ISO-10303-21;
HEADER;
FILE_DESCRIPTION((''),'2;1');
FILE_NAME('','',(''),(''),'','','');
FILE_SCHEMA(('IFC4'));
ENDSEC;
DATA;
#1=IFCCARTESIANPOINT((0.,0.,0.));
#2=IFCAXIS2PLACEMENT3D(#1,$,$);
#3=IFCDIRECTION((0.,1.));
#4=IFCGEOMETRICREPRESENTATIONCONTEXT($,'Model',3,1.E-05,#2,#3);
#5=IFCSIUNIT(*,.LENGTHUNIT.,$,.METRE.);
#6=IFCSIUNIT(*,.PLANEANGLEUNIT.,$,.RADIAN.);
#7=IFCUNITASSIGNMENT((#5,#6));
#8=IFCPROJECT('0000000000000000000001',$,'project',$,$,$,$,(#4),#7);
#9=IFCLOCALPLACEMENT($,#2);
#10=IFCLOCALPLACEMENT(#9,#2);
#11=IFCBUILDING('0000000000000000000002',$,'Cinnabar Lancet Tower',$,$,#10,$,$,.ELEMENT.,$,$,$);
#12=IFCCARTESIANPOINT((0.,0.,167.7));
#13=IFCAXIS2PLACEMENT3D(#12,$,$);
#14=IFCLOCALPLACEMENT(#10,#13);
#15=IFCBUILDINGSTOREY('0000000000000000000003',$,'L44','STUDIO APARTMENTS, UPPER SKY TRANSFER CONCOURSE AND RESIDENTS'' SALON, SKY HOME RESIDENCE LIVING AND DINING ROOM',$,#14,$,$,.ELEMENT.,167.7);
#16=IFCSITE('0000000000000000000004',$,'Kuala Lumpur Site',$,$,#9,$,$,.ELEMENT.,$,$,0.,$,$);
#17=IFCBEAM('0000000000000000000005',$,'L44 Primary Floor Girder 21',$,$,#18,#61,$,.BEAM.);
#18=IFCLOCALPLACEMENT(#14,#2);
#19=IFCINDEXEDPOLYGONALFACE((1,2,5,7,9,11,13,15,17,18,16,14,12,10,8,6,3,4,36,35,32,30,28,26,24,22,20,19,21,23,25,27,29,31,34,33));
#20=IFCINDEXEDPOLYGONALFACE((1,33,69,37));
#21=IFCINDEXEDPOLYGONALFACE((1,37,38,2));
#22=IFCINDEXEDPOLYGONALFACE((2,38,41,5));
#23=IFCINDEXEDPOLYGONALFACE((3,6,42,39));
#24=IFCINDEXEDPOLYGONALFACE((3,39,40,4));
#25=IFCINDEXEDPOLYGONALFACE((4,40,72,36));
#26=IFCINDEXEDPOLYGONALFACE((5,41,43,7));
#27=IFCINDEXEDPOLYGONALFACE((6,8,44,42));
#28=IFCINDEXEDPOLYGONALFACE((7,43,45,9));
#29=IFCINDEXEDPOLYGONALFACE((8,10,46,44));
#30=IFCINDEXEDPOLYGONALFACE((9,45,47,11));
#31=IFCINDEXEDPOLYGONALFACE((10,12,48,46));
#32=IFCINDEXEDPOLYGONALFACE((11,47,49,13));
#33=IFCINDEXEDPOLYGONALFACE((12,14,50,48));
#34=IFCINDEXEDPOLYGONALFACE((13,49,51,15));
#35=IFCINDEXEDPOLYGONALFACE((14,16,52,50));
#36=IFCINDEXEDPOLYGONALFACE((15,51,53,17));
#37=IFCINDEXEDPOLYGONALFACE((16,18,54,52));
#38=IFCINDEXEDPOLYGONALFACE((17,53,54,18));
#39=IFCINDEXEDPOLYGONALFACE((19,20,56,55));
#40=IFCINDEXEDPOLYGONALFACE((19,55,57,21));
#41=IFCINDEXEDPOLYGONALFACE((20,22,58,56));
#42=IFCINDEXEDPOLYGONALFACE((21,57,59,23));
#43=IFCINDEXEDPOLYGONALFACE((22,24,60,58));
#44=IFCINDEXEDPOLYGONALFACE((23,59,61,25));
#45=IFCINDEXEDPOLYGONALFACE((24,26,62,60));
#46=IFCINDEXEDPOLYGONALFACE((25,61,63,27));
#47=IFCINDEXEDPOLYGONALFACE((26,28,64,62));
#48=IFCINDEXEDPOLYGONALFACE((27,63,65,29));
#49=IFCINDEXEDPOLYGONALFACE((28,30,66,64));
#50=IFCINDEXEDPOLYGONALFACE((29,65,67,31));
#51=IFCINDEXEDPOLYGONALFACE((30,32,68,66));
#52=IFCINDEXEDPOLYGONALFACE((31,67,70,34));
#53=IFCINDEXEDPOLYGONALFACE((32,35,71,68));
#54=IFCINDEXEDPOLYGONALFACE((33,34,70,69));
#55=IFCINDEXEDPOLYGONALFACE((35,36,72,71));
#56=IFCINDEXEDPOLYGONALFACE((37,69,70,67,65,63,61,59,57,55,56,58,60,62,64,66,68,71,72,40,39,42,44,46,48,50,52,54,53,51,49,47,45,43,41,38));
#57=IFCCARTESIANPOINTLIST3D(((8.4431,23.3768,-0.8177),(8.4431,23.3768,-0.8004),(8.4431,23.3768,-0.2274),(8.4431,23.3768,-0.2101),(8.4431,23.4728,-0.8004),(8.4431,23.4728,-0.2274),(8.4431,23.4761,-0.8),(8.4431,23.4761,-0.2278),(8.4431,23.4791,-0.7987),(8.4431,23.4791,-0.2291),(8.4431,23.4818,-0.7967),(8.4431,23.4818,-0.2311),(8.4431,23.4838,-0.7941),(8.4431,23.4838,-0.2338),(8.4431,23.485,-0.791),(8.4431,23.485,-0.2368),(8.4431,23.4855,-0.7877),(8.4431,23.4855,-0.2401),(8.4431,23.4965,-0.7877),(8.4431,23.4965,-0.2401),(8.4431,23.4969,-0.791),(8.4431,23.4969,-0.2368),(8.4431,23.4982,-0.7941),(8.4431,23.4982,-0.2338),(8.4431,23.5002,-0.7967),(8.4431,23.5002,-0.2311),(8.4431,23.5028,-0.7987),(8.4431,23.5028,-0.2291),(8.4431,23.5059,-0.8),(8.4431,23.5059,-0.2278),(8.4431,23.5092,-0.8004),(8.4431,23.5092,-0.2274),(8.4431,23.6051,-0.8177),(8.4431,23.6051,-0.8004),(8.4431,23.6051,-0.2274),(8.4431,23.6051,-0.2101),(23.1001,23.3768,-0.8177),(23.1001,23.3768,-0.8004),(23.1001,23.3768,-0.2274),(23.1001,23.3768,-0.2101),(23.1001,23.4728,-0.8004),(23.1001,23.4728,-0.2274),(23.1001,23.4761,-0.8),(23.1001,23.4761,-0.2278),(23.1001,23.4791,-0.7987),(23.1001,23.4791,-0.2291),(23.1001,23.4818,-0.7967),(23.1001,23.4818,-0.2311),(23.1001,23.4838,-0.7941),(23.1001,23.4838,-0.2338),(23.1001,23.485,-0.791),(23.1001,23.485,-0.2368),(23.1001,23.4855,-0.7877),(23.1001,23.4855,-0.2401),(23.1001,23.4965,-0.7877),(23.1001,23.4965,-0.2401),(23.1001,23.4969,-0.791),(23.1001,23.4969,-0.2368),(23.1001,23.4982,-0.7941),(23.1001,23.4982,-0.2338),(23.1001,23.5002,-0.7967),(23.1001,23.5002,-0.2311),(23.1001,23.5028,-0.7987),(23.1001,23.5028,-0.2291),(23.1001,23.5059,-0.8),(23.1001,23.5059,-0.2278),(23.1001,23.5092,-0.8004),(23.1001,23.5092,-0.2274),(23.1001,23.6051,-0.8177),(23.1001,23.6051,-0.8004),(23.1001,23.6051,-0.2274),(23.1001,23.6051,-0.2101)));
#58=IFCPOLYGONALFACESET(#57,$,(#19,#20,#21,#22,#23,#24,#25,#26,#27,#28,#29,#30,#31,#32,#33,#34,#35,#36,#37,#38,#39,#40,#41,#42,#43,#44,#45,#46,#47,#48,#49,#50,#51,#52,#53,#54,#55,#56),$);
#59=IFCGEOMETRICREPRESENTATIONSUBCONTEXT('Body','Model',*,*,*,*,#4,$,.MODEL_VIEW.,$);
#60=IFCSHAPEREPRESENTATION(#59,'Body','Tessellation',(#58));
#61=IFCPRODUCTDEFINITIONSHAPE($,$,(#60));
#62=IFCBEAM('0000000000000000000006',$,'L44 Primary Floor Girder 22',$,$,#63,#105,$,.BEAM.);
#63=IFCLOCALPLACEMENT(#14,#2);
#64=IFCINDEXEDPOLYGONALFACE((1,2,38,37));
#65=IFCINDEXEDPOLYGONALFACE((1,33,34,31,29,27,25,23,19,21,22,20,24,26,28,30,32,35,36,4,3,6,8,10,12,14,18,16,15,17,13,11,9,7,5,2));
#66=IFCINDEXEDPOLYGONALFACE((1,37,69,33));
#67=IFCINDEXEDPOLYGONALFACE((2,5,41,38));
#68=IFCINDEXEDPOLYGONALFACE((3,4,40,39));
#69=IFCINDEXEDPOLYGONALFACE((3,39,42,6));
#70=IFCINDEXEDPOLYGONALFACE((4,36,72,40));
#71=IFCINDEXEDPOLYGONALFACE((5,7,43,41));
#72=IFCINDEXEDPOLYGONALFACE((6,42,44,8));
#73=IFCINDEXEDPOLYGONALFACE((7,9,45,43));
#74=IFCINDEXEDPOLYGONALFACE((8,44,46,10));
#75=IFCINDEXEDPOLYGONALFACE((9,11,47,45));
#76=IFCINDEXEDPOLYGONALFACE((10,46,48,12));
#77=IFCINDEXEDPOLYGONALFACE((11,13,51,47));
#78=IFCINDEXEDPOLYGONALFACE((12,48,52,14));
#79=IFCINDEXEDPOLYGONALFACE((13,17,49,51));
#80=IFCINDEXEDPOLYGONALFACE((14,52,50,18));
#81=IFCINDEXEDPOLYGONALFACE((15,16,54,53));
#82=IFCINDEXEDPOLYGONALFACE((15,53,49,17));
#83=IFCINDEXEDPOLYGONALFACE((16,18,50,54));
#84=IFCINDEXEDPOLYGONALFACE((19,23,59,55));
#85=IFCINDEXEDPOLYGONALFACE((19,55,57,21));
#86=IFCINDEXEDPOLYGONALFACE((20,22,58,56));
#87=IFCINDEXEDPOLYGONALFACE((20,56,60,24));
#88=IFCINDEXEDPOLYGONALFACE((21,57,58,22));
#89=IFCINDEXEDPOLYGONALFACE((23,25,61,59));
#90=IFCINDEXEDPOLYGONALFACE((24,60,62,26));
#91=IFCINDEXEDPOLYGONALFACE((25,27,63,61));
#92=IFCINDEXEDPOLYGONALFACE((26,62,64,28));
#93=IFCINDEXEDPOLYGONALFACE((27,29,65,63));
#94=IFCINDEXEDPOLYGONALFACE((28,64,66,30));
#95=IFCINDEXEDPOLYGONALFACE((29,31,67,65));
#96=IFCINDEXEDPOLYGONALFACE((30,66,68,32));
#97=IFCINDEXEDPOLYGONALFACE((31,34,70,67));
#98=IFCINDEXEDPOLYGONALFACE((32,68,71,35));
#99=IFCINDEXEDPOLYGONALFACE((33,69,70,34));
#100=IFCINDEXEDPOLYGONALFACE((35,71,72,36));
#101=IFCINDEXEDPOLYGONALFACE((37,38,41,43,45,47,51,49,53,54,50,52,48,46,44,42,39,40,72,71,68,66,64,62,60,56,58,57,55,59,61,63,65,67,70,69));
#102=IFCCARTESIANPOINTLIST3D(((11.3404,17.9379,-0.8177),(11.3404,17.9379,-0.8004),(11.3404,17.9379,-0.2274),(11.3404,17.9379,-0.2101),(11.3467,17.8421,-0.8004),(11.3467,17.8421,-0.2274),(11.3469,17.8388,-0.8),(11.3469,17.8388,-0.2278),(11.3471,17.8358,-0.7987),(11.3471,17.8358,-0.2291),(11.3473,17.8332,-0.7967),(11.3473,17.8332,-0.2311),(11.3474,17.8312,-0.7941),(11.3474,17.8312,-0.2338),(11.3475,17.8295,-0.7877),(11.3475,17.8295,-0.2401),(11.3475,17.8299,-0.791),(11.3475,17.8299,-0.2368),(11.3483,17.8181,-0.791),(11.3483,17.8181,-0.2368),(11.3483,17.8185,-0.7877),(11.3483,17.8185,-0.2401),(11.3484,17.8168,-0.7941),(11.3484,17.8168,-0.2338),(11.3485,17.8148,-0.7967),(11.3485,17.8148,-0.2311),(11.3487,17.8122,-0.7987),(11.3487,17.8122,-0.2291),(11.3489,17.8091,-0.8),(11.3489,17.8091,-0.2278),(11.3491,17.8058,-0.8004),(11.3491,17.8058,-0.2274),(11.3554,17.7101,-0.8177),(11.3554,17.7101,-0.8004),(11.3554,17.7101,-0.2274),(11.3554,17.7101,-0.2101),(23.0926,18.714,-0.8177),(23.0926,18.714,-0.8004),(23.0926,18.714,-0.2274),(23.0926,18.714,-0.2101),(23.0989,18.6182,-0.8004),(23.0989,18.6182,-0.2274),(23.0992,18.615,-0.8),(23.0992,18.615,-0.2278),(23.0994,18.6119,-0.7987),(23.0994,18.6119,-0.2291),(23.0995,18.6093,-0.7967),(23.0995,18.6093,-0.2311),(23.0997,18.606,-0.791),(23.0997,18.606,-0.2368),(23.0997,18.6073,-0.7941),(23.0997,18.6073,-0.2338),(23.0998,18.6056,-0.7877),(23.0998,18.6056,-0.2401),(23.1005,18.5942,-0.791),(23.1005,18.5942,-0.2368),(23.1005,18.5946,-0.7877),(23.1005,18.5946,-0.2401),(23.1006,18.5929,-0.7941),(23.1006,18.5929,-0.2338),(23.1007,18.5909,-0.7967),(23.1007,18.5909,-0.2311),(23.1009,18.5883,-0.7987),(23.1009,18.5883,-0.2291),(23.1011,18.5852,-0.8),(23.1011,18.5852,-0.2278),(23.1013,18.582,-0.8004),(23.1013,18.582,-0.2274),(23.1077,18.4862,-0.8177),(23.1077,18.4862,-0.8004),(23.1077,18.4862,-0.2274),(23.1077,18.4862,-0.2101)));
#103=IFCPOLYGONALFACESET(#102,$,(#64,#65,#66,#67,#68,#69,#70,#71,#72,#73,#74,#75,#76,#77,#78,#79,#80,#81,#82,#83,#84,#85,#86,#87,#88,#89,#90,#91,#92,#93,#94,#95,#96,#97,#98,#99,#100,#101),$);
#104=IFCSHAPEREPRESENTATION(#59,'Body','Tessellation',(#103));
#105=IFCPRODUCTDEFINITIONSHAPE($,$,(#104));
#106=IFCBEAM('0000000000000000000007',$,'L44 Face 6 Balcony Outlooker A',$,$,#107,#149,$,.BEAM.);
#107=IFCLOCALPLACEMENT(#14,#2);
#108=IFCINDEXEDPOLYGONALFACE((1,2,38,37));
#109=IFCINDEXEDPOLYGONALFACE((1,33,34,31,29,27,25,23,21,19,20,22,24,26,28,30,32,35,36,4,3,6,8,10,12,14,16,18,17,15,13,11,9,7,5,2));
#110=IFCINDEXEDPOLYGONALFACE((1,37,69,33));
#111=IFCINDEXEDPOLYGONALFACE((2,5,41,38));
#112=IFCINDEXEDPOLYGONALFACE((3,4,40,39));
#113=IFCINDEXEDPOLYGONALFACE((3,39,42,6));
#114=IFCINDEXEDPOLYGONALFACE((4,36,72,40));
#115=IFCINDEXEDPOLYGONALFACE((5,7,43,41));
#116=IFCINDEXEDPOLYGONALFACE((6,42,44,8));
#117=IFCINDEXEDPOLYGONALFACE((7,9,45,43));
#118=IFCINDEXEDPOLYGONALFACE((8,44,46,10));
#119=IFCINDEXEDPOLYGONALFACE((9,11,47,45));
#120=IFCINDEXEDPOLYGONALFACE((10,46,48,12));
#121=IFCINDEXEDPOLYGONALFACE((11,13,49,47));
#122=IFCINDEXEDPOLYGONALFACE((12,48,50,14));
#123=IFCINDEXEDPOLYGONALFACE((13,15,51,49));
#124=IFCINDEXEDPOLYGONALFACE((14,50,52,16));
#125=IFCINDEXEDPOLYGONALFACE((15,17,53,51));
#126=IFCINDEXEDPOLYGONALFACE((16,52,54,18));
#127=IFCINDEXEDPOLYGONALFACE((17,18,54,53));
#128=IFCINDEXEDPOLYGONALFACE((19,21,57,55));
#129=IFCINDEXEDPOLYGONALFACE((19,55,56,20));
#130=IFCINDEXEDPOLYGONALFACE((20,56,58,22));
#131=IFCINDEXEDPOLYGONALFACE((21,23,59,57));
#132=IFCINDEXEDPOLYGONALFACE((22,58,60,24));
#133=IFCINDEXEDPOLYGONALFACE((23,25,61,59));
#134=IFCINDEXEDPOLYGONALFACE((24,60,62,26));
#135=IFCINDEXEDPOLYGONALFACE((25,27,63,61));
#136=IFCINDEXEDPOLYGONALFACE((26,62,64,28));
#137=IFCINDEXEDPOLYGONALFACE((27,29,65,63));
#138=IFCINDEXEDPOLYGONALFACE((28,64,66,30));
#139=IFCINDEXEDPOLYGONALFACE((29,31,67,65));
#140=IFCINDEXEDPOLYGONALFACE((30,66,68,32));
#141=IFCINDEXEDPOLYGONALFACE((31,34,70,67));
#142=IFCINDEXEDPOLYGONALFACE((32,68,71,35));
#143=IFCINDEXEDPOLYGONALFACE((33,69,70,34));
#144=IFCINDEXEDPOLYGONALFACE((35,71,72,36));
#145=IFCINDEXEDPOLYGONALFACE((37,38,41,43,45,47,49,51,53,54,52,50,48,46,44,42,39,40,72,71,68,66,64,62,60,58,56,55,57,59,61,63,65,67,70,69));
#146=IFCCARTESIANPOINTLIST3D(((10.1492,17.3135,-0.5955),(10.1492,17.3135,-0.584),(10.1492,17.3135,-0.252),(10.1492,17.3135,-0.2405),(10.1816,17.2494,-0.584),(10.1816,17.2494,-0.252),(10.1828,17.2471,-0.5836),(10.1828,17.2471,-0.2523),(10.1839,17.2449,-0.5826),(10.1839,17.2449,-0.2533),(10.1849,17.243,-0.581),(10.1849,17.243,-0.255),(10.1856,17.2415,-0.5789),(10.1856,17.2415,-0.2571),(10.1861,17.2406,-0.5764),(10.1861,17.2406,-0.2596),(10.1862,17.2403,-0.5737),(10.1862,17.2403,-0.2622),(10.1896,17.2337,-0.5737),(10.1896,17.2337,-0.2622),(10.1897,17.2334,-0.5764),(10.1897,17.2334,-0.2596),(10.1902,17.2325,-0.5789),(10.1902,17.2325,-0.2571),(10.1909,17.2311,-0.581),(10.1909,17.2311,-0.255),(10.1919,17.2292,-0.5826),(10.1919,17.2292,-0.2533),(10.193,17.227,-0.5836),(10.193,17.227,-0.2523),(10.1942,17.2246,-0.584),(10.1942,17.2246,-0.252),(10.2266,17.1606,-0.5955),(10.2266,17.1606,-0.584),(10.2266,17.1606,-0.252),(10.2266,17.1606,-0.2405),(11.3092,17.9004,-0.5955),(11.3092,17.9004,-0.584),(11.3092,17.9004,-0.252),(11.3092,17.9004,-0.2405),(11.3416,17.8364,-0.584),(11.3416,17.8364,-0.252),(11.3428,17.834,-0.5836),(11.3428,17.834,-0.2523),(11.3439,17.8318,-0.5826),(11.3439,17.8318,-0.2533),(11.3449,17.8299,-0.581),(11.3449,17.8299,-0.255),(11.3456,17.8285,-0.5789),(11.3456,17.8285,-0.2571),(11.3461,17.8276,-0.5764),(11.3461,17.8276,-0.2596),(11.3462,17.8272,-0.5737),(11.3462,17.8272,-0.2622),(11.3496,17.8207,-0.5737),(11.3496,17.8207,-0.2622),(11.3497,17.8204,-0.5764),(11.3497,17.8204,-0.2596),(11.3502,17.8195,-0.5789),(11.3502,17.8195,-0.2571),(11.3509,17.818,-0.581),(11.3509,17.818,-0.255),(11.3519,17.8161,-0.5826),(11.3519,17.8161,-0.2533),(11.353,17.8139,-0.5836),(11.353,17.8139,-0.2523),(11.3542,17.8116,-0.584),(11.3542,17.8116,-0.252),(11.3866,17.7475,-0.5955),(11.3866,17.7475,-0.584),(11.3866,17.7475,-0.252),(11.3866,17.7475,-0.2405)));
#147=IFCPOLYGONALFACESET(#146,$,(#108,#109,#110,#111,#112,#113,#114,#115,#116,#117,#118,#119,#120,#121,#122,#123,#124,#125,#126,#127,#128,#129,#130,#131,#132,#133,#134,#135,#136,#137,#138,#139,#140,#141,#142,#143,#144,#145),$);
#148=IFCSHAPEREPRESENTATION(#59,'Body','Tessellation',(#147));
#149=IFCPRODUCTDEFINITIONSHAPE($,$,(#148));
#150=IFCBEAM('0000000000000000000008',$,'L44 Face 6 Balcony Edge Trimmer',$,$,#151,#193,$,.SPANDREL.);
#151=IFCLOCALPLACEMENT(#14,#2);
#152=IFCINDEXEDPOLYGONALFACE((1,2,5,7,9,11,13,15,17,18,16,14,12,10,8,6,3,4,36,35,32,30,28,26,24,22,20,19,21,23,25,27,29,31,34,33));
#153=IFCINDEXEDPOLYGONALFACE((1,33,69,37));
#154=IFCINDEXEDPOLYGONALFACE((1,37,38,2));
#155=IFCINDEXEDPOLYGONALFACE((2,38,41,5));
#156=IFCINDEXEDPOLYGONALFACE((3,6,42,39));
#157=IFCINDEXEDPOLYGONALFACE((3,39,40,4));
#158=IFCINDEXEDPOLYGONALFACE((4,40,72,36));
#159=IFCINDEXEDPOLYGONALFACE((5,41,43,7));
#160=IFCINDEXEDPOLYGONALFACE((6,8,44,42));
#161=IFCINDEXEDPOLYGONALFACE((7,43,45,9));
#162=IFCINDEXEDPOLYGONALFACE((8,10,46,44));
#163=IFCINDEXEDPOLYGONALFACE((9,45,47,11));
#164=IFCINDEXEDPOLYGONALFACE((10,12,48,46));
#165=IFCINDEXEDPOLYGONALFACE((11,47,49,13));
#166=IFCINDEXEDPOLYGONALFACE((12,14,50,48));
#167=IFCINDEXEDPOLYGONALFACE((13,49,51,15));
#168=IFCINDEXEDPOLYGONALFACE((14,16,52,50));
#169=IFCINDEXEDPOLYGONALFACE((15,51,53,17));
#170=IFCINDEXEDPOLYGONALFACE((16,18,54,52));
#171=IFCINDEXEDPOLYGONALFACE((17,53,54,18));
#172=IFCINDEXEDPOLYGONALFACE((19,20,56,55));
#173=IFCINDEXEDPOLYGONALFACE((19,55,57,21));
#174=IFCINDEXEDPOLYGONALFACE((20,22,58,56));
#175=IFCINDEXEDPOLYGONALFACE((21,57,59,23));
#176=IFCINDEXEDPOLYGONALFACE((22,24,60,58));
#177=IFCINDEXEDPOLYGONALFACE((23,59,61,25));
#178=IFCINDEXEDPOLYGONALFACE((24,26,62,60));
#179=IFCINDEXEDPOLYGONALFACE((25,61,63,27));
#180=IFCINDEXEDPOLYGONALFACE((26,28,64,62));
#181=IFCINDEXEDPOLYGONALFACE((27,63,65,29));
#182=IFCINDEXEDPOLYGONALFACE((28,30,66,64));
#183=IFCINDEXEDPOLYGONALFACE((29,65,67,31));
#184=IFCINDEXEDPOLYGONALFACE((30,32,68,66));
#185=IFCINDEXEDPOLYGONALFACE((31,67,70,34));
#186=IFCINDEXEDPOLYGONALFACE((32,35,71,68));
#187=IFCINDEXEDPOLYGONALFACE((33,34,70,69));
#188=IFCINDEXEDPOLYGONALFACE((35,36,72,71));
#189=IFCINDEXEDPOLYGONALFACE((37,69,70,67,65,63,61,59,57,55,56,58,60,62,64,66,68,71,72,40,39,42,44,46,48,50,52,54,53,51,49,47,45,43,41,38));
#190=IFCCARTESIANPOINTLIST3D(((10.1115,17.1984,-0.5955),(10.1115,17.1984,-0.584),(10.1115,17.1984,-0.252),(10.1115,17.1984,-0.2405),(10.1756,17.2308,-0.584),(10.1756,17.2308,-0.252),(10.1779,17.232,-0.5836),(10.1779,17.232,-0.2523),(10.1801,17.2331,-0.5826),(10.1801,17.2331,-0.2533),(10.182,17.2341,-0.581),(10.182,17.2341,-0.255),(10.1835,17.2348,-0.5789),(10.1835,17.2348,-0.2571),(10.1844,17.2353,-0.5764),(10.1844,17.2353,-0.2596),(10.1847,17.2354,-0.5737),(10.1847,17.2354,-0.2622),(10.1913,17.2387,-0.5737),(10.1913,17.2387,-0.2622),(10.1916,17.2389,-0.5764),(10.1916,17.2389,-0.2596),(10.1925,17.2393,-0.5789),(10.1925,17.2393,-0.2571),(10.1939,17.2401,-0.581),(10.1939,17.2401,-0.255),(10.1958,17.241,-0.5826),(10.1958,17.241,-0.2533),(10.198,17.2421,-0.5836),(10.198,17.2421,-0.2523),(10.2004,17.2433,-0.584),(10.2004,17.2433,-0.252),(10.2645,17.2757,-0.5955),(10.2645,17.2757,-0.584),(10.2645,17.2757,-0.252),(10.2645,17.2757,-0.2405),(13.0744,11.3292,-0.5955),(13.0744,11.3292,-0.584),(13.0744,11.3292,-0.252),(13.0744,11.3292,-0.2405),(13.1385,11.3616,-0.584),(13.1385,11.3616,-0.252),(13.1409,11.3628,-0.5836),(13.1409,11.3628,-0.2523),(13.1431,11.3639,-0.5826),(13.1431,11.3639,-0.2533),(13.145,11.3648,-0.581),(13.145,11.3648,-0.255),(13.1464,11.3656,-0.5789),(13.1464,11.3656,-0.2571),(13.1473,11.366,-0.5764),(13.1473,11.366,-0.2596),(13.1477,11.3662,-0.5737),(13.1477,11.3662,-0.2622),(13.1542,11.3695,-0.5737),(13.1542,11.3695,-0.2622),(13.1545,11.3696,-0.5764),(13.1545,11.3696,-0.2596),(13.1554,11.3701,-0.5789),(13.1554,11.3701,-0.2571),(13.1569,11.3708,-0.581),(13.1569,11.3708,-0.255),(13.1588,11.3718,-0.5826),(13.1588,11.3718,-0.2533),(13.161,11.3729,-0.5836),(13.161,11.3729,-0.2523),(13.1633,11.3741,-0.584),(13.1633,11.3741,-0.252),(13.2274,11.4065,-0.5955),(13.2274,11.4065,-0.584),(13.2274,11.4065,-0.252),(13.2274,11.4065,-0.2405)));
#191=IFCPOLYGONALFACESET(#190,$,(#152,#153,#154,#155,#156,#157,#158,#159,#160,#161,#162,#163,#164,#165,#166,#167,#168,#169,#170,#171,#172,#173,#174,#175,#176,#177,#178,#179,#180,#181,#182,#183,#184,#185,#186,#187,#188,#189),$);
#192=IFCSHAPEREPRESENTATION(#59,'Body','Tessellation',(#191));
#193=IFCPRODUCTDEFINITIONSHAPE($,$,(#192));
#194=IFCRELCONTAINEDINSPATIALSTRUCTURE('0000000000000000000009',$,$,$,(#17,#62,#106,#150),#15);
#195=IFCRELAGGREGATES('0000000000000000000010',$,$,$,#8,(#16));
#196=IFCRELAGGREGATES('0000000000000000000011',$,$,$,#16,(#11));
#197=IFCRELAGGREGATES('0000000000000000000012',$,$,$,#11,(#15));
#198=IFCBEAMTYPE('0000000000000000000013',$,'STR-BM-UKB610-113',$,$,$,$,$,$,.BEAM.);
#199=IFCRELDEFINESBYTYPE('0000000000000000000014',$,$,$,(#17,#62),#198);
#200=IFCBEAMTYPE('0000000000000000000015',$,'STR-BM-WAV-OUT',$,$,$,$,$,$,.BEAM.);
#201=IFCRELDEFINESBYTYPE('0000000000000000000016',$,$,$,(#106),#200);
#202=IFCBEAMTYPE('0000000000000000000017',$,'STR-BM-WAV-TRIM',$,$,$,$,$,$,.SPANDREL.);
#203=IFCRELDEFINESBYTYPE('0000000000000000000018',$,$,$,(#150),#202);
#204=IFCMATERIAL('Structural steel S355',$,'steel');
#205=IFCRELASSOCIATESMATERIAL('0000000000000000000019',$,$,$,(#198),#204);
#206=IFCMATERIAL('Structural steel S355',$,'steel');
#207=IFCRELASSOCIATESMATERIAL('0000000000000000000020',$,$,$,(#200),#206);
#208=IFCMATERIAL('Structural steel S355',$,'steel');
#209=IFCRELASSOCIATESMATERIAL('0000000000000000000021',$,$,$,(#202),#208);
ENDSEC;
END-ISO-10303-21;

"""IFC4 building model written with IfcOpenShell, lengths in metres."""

from ifc_helpers import new_model, si_unit, direction, frame, origin, origin_2d, place, context, subcontext, project, spatial, i_section, extrude, material, material_profile, profile_set, type_object, element, save


model = new_model("IFC4")

# Units and contexts
model_context = context("Model", 3, precision=1e-05, world=origin(), true_north=direction((0.0, 1.0)))
body_context = subcontext(model_context, "Body", "Model", "MODEL_VIEW")
ifc_project = project(units=[si_unit("LENGTHUNIT", "METRE"), si_unit("PLANEANGLEUNIT", "RADIAN")], contexts=[model_context])

# Site, building, storey
site_placement = place(None, origin())
site = spatial("IfcSite", under=ifc_project, at=site_placement, Name="Kuala Lumpur Site", CompositionType="ELEMENT", RefElevation=0.0)
building_placement = place(site_placement, origin())
building = spatial("IfcBuilding", under=site, at=building_placement, Name="Cinnabar Lancet Tower", CompositionType="ELEMENT")
storey_placement = place(building_placement, frame((0.0, 0.0, 167.7)))
storey = spatial("IfcBuildingStorey", under=building, at=storey_placement, Name="L44", Description="STUDIO APARTMENTS, UPPER SKY TRANSFER CONCOURSE AND RESIDENTS' SALON, SKY HOME RESIDENCE LIVING AND DINING ROOM", CompositionType="ELEMENT", Elevation=167.7)

# Beams
ifc_material_1 = material(Name="Structural steel S355", Category="steel")
ifc_material_profile_1 = material_profile(ifc_material_1, i_section(OverallWidth=0.2283, OverallDepth=0.6077, WebThickness=0.011, FlangeThickness=0.0173, FilletRadius=0.0127, at=origin_2d()), Name="UKB 610x229x113")
ifc_profile_set_1 = profile_set([ifc_material_profile_1], Name="Structural steel S355")
beam_type_1 = type_object("IfcBeamType", Name="STR-BM-UKB610-113", PredefinedType="BEAM", material=ifc_profile_set_1)
beam_1_placement = place(storey_placement, frame((8.4431, 23.491, -0.5139), z_axis=(1.0, 0.0, 0.0), x_axis=(0.0, 1.0, 0.0)))
element("IfcBeam", 1, at=beam_1_placement, inside=storey, type_object=beam_type_1, Name="L44 Primary Floor Girder 21", PredefinedType="BEAM", context=body_context, shape_type="SweptSolid", body=[
    extrude(i_section(OverallWidth=0.2283, OverallDepth=0.6077, WebThickness=0.011, FlangeThickness=0.0173, FilletRadius=0.0127, at=origin_2d()), origin(), (0.0, 0.0, 1.0), 14.657),
])
beam_2_placement = place(storey_placement, frame((11.3479, 17.824, -0.5139), z_axis=(0.997826, 0.065897, 0.0), x_axis=(-0.065897, 0.997826, 0.0)))
element("IfcBeam", 2, at=beam_2_placement, inside=storey, type_object=beam_type_1, Name="L44 Primary Floor Girder 22", PredefinedType="BEAM", context=body_context, shape_type="SweptSolid", body=[
    extrude(i_section(OverallWidth=0.2283, OverallDepth=0.6077, WebThickness=0.011, FlangeThickness=0.0173, FilletRadius=0.0127, at=origin_2d()), origin(), (0.0, 0.0, 1.0), 11.7778),
])
ifc_material_2 = material(Name="Structural steel S355", Category="steel")
ifc_material_profile_2 = material_profile(ifc_material_2, i_section(OverallWidth=0.1714, OverallDepth=0.355, WebThickness=0.0073, FlangeThickness=0.0115, FilletRadius=0.0103, at=origin_2d()), Name="UKB 356x171x51")
ifc_profile_set_2 = profile_set([ifc_material_profile_2], Name="Structural steel S355")
beam_type_2 = type_object("IfcBeamType", Name="STR-BM-WAV-OUT", PredefinedType="BEAM", material=ifc_profile_set_2)
beam_3_placement = place(storey_placement, frame((11.3479, 17.824, -0.418), z_axis=(-0.892276, -0.45149, 0.0), x_axis=(0.45149, -0.892276, 0.0)))
element("IfcBeam", 3, at=beam_3_placement, inside=storey, type_object=beam_type_2, Name="L44 Face 6 Balcony Outlooker A", PredefinedType="BEAM", context=body_context, shape_type="SweptSolid", body=[
    extrude(i_section(OverallWidth=0.1714, OverallDepth=0.355, WebThickness=0.0073, FlangeThickness=0.0115, FilletRadius=0.0103, at=origin_2d()), origin(), (0.0, 0.0, 1.0), 1.3),
])
ifc_material_3 = material(Name="Structural steel S355", Category="steel")
ifc_material_profile_3 = material_profile(ifc_material_3, i_section(OverallWidth=0.1714, OverallDepth=0.355, WebThickness=0.0073, FlangeThickness=0.0115, FilletRadius=0.0103, at=origin_2d()), Name="UKB 356x171x51")
ifc_profile_set_3 = profile_set([ifc_material_profile_3], Name="Structural steel S355")
beam_type_3 = type_object("IfcBeamType", Name="STR-BM-WAV-TRIM", PredefinedType="SPANDREL", material=ifc_profile_set_3)
beam_4_placement = place(storey_placement, frame((10.188, 17.2371, -0.418), z_axis=(0.450656, -0.892698, 0.0), x_axis=(0.892698, 0.450656, 0.0)))
element("IfcBeam", 4, at=beam_4_placement, inside=storey, type_object=beam_type_3, Name="L44 Face 6 Balcony Edge Trimmer", PredefinedType="SPANDREL", context=body_context, shape_type="SweptSolid", body=[
    extrude(i_section(OverallWidth=0.1714, OverallDepth=0.355, WebThickness=0.0073, FlangeThickness=0.0115, FilletRadius=0.0103, at=origin_2d()), origin(), (0.0, 0.0, 1.0), 6.5747),
])

save(model, "model.ifc")
